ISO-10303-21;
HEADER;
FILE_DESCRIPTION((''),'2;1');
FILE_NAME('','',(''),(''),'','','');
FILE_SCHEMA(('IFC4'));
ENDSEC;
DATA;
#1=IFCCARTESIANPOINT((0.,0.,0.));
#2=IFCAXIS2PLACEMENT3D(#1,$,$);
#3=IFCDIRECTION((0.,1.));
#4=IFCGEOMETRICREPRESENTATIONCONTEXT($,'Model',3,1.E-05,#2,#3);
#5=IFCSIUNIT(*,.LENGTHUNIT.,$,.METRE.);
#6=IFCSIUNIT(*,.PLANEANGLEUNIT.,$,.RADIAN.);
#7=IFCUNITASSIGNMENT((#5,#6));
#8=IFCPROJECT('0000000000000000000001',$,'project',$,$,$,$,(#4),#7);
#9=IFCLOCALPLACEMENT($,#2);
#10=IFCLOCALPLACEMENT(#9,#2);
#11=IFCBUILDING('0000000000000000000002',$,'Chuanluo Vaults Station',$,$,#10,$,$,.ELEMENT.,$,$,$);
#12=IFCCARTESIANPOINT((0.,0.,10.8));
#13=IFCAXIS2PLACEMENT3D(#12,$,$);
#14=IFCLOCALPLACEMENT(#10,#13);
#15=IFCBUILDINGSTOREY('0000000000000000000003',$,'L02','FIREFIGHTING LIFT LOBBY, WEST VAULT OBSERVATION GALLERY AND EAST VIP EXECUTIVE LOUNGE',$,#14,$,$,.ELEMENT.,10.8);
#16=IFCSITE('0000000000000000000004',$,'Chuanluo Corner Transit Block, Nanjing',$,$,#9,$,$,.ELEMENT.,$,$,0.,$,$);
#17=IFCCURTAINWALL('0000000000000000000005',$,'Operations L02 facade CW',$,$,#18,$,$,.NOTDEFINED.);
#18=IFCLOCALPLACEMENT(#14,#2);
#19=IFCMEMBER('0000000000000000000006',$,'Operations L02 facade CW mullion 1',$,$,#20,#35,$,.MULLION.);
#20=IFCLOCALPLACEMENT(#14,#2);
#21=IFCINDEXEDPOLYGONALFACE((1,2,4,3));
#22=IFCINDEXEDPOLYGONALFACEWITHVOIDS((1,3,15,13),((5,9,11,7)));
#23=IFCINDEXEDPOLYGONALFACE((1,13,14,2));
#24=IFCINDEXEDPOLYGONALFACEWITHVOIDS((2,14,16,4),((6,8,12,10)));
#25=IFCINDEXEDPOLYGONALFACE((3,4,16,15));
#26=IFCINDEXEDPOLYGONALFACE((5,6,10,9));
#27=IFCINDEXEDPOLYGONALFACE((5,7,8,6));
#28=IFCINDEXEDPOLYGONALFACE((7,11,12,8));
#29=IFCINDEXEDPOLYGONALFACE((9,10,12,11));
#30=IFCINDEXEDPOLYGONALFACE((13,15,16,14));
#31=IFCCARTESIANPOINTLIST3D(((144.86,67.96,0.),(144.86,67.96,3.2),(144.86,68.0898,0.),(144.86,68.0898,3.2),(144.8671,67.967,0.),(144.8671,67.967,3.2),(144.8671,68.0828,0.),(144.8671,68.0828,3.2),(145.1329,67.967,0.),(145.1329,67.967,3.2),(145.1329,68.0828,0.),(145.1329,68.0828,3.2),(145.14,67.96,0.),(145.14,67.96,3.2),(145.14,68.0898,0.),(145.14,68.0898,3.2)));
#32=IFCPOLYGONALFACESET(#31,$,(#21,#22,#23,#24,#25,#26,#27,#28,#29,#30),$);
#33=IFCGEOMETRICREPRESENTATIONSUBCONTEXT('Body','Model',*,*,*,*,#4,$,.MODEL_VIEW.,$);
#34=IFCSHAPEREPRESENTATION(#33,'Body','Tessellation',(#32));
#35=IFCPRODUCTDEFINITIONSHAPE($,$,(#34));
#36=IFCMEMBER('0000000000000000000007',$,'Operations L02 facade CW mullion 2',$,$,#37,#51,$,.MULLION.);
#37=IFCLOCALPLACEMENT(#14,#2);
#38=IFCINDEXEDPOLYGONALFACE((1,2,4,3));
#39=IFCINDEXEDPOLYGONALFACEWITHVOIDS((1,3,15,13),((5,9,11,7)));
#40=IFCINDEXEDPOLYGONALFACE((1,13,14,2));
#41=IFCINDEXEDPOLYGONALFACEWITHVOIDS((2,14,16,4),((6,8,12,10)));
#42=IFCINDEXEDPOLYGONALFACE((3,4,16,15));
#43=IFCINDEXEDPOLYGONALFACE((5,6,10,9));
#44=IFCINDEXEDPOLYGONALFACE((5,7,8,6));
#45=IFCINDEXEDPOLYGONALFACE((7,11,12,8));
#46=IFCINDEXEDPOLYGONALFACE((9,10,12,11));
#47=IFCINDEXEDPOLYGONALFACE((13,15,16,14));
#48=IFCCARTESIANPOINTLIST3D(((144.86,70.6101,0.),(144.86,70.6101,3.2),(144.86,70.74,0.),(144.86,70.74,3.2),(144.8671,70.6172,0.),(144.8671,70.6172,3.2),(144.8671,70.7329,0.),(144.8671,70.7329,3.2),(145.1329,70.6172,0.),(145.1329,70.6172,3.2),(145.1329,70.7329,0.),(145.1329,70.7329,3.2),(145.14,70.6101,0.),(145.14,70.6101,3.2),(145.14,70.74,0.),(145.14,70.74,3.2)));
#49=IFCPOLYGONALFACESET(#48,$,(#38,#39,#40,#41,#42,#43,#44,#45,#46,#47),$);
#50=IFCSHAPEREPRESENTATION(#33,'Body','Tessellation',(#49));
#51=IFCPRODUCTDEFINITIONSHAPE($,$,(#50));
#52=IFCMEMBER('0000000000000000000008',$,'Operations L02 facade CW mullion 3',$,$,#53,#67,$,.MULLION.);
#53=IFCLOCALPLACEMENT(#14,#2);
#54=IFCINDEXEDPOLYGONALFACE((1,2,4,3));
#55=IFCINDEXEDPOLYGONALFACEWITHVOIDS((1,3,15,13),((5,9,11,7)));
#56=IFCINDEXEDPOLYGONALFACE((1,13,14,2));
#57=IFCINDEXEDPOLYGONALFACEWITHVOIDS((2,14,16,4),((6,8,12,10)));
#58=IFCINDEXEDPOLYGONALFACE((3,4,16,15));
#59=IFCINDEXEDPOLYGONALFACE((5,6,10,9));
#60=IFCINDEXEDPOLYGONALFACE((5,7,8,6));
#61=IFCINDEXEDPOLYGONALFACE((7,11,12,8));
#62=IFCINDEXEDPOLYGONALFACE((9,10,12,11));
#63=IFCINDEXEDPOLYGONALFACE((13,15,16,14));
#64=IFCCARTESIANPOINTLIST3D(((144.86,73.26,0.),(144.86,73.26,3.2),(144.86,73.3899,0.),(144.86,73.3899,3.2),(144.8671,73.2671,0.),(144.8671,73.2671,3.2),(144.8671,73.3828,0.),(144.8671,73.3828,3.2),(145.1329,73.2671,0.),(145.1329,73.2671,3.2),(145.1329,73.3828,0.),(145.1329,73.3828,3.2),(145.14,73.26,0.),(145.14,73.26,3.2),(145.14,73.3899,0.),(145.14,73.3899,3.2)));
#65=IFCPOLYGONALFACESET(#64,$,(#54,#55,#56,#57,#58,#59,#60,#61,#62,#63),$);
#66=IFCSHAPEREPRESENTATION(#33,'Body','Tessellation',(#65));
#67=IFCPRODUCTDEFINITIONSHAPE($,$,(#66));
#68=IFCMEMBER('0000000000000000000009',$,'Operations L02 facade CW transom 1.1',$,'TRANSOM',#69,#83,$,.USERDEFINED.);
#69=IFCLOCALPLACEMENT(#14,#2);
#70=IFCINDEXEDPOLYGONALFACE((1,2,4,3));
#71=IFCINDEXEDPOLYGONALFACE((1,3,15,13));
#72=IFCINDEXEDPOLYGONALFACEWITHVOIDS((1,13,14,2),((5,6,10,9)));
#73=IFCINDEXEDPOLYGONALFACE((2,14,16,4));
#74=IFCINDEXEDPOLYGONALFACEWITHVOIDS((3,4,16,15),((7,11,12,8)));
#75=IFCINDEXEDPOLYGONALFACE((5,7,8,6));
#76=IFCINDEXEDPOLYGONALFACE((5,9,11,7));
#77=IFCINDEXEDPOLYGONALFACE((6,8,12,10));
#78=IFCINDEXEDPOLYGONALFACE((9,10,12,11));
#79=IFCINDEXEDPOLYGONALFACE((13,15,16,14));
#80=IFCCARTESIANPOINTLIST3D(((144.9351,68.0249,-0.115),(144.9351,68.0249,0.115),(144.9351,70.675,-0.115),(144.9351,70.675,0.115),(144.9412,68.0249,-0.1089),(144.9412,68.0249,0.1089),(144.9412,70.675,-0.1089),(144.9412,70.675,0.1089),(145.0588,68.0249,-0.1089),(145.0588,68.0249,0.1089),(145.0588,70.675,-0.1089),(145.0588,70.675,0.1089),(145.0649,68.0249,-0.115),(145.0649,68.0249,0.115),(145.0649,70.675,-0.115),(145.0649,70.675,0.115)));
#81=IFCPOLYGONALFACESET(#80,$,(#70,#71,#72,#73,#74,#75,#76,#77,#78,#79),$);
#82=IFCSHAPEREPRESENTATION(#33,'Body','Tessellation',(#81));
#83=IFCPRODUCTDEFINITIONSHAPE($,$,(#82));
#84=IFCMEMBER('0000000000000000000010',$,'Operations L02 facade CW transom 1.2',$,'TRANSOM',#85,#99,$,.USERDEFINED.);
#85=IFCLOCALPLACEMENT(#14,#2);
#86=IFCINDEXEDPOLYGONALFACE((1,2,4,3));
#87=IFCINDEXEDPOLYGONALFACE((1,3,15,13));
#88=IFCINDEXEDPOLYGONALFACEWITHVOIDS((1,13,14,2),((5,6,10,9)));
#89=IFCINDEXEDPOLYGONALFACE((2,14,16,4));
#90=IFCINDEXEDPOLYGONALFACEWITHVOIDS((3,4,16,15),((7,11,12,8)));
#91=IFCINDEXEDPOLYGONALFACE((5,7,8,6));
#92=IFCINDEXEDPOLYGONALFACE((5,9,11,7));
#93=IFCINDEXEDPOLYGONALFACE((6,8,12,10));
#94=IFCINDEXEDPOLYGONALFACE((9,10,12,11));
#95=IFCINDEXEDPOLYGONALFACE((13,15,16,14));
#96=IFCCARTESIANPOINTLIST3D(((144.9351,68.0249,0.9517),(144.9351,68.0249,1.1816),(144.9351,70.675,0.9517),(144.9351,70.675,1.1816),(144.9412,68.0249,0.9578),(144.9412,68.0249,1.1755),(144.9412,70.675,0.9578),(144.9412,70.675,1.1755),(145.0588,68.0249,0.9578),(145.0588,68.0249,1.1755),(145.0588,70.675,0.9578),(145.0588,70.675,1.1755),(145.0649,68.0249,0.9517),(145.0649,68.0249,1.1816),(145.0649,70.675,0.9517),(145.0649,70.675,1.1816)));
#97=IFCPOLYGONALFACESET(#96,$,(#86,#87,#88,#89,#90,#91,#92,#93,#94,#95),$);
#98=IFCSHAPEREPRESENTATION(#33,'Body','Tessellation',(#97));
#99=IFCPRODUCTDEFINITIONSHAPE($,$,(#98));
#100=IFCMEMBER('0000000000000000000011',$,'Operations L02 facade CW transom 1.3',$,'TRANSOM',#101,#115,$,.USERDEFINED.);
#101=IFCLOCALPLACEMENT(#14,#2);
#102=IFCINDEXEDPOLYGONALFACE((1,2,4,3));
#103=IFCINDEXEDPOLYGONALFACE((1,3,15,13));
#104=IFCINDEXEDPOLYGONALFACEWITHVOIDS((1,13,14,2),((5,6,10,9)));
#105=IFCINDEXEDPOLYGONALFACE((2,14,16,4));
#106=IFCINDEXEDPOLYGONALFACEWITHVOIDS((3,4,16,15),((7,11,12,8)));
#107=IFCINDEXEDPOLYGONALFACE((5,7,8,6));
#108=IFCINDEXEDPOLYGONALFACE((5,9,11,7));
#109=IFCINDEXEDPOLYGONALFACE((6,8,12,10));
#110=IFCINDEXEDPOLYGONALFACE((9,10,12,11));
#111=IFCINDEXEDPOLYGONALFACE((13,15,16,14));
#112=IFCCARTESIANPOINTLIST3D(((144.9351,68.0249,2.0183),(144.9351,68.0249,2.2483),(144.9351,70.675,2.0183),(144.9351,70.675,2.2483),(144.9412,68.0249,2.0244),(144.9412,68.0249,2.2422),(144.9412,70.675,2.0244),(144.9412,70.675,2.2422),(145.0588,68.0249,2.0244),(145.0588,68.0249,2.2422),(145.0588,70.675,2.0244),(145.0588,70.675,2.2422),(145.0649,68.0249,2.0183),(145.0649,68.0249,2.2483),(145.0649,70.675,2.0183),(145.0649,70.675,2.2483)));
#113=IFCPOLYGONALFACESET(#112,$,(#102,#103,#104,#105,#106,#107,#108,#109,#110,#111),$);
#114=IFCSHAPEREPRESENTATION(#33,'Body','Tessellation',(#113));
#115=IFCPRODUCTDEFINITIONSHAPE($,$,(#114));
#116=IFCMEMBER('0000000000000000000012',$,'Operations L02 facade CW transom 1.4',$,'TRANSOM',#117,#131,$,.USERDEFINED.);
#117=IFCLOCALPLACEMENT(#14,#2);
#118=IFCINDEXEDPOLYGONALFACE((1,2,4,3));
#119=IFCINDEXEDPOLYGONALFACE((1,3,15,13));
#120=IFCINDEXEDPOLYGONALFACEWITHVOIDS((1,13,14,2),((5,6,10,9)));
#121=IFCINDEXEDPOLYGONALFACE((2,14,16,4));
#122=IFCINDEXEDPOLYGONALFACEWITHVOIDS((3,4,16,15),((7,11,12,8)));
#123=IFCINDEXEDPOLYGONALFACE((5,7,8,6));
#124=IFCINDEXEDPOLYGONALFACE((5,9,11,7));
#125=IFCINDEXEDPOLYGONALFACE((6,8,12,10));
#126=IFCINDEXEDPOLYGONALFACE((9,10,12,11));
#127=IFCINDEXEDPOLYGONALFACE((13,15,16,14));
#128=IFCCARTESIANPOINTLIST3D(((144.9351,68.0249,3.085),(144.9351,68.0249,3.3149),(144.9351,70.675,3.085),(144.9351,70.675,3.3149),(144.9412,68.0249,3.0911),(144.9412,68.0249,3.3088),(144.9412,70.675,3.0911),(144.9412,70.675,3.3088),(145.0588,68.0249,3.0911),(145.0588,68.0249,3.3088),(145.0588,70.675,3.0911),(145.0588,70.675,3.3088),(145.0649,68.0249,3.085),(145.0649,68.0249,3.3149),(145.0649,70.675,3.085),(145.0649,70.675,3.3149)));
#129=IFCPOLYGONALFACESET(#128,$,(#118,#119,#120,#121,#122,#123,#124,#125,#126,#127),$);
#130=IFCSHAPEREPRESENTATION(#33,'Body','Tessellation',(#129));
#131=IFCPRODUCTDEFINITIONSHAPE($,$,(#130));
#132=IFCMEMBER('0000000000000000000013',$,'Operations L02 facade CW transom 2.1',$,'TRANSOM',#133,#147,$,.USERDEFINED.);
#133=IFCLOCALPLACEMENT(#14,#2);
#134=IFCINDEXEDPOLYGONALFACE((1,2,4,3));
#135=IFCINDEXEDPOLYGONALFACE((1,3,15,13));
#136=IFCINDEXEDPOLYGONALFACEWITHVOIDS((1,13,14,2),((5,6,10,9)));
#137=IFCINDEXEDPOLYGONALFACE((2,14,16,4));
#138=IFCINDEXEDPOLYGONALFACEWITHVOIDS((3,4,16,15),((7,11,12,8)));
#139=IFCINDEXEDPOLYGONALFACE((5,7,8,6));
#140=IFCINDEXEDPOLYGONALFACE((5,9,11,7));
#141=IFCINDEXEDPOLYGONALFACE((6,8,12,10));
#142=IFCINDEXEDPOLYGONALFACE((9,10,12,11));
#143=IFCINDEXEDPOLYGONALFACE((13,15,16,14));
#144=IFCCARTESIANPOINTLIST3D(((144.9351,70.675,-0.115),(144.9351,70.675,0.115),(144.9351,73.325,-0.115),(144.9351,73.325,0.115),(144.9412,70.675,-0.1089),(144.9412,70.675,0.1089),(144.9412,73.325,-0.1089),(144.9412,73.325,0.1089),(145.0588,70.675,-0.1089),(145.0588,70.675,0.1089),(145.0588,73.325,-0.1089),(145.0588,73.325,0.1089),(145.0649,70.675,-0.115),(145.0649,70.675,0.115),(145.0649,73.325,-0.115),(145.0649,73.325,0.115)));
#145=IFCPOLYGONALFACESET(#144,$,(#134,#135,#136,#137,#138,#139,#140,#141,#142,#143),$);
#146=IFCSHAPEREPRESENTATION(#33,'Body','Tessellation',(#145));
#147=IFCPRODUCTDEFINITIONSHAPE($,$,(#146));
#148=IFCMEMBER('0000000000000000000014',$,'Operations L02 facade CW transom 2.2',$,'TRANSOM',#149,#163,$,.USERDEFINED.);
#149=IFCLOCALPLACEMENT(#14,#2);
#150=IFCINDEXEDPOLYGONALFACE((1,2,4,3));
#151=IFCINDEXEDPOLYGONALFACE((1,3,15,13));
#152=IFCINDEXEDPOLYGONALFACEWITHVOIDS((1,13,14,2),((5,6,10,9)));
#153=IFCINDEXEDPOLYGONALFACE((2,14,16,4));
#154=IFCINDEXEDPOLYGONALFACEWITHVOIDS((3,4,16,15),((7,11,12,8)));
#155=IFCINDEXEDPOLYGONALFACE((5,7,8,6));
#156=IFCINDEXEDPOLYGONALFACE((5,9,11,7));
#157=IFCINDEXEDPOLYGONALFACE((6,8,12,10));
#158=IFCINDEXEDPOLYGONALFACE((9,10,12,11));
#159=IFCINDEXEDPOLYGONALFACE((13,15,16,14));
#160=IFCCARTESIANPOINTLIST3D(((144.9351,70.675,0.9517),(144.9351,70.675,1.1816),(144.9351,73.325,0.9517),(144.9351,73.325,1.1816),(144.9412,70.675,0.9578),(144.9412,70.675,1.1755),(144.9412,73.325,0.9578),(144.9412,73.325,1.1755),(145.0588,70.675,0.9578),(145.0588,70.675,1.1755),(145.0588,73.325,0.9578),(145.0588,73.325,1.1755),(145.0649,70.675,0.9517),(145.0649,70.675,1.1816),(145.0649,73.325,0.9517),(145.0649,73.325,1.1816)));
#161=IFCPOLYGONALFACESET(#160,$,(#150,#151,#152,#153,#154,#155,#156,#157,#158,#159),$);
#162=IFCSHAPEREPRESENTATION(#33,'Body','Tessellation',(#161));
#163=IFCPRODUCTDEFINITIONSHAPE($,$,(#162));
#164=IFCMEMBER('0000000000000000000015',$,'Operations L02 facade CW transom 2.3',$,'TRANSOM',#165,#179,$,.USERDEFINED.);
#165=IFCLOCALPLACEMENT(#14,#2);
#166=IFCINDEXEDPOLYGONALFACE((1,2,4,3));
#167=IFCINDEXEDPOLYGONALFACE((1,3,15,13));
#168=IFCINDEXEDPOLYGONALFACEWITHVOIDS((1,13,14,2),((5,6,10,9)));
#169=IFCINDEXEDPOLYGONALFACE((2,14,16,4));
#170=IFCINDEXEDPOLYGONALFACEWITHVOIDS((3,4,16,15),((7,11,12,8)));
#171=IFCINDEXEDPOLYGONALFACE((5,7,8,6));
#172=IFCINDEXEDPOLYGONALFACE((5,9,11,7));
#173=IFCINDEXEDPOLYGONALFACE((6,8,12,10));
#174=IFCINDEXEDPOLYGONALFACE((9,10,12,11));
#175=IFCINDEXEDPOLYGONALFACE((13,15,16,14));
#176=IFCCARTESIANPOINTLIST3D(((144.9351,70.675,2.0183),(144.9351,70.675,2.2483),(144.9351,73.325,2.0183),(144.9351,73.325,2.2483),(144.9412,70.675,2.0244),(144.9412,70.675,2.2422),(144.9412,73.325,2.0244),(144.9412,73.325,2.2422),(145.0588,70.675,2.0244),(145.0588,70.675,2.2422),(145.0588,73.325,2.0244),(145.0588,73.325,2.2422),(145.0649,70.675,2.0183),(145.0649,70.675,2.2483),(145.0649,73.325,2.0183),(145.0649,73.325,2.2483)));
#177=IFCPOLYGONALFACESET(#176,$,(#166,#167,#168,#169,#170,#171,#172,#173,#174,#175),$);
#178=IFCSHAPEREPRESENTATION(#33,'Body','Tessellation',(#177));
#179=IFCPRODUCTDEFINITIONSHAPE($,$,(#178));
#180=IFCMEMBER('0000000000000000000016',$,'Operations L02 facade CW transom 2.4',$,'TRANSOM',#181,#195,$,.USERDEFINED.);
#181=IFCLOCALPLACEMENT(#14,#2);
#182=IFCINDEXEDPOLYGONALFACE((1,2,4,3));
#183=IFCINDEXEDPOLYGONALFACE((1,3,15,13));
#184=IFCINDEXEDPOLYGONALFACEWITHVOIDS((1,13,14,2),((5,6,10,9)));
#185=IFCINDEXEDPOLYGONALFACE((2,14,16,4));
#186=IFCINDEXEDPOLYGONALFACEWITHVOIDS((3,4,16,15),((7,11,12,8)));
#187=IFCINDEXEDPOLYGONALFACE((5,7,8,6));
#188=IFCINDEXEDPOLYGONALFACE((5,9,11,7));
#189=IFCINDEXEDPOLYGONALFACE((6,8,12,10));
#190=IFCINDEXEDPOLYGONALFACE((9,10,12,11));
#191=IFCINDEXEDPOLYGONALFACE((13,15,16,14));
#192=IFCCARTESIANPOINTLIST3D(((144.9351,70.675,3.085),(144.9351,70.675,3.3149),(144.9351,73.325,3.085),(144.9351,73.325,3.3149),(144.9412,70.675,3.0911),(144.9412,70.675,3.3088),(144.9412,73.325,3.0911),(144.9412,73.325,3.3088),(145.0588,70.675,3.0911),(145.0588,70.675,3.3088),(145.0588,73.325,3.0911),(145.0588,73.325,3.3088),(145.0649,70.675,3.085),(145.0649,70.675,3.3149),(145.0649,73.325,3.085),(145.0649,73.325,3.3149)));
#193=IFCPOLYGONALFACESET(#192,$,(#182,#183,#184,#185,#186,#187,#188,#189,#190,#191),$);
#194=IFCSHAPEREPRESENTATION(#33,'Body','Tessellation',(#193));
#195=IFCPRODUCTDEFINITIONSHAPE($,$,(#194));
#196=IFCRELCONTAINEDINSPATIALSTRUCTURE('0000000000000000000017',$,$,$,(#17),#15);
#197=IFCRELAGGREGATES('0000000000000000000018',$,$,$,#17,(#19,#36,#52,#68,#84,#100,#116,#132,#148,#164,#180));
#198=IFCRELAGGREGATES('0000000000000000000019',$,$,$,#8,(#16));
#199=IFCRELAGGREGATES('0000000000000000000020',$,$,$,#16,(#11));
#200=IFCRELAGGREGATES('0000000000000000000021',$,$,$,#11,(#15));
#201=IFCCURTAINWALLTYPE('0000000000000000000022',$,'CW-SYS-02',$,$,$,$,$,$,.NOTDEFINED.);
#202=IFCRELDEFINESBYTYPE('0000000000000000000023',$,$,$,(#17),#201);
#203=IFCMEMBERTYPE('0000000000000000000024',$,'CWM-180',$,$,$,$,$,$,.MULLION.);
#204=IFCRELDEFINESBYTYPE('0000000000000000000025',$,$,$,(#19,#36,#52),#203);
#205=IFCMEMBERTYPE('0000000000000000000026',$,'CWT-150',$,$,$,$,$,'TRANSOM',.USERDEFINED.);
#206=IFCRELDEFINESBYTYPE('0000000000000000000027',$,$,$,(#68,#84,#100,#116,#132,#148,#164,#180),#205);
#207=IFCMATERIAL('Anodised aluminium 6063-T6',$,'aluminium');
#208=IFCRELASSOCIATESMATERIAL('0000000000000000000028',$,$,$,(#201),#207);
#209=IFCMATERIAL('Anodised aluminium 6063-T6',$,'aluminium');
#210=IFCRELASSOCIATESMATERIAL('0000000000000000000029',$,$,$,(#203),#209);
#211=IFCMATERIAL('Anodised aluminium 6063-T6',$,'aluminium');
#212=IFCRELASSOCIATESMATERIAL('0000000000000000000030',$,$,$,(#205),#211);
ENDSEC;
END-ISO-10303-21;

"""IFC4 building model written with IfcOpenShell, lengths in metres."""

from ifc_helpers import new_model, si_unit, direction, frame, origin, origin_2d, place, context, subcontext, project, spatial, hollow_rectangle, extrude, material, material_profile, profile_set, type_object, element, aggregate, save


model = new_model("IFC4")

# Units and contexts
model_context = context("Model", 3, precision=1e-05, world=origin(), true_north=direction((0.0, 1.0)))
body_context = subcontext(model_context, "Body", "Model", "MODEL_VIEW")
ifc_project = project(units=[si_unit("LENGTHUNIT", "METRE"), si_unit("PLANEANGLEUNIT", "RADIAN")], contexts=[model_context])

# Site, building, storey
site_placement = place(None, origin())
site = spatial("IfcSite", under=ifc_project, at=site_placement, Name="Chuanluo Corner Transit Block, Nanjing", CompositionType="ELEMENT", RefElevation=0.0)
building_placement = place(site_placement, origin())
building = spatial("IfcBuilding", under=site, at=building_placement, Name="Chuanluo Vaults Station", CompositionType="ELEMENT")
storey_placement = place(building_placement, frame((0.0, 0.0, 10.8)))
storey = spatial("IfcBuildingStorey", under=building, at=storey_placement, Name="L02", Description="FIREFIGHTING LIFT LOBBY, WEST VAULT OBSERVATION GALLERY AND EAST VIP EXECUTIVE LOUNGE", CompositionType="ELEMENT", Elevation=10.8)

# Curtain wall, members
ifc_material_1 = material(Name="Anodised aluminium 6063-T6", Category="aluminium")
curtain_wall_type = type_object("IfcCurtainWallType", Name="CW-SYS-02", PredefinedType="NOTDEFINED", material=ifc_material_1)
curtain_wall_placement = place(storey_placement, origin())
curtain_wall = element("IfcCurtainWall", 1, at=curtain_wall_placement, inside=storey, type_object=curtain_wall_type, Name="Operations L02 facade CW", PredefinedType="NOTDEFINED")
ifc_material_2 = material(Name="Anodised aluminium 6063-T6", Category="aluminium")
ifc_material_profile_1 = material_profile(ifc_material_2, hollow_rectangle(XDim=0.1299, YDim=0.28, WallThickness=0.0071, at=origin_2d()))
ifc_profile_set_1 = profile_set([ifc_material_profile_1], Name="Anodised aluminium 6063-T6")
member_type_1 = type_object("IfcMemberType", Name="CWM-180", PredefinedType="MULLION", material=ifc_profile_set_1)
member_1_placement = place(storey_placement, frame((145.0, 68.0249, 0.0), z_axis=(0.0, 0.0, 1.0), x_axis=(0.0, 1.0, 0.0)))
member_1 = element("IfcMember", 2, at=member_1_placement, type_object=member_type_1, Name="Operations L02 facade CW mullion 1", PredefinedType="MULLION", context=body_context, shape_type="SweptSolid", body=[
    extrude(hollow_rectangle(XDim=0.1299, YDim=0.28, WallThickness=0.0071, at=origin_2d()), origin(), (0.0, 0.0, 1.0), 3.2),
])
member_2_placement = place(storey_placement, frame((145.0, 70.675, 0.0), z_axis=(0.0, 0.0, 1.0), x_axis=(0.0, 1.0, 0.0)))
member_2 = element("IfcMember", 3, at=member_2_placement, type_object=member_type_1, Name="Operations L02 facade CW mullion 2", PredefinedType="MULLION", context=body_context, shape_type="SweptSolid", body=[
    extrude(hollow_rectangle(XDim=0.1299, YDim=0.28, WallThickness=0.0071, at=origin_2d()), origin(), (0.0, 0.0, 1.0), 3.2),
])
member_3_placement = place(storey_placement, frame((145.0, 73.325, 0.0), z_axis=(0.0, 0.0, 1.0), x_axis=(0.0, 1.0, 0.0)))
member_3 = element("IfcMember", 4, at=member_3_placement, type_object=member_type_1, Name="Operations L02 facade CW mullion 3", PredefinedType="MULLION", context=body_context, shape_type="SweptSolid", body=[
    extrude(hollow_rectangle(XDim=0.1299, YDim=0.28, WallThickness=0.0071, at=origin_2d()), origin(), (0.0, 0.0, 1.0), 3.2),
])
ifc_material_3 = material(Name="Anodised aluminium 6063-T6", Category="aluminium")
ifc_material_profile_2 = material_profile(ifc_material_3, hollow_rectangle(XDim=0.1299, YDim=0.23, WallThickness=0.0061, at=origin_2d()))
ifc_profile_set_2 = profile_set([ifc_material_profile_2], Name="Anodised aluminium 6063-T6")
member_type_2 = type_object("IfcMemberType", Name="CWT-150", ElementType="TRANSOM", PredefinedType="USERDEFINED", material=ifc_profile_set_2)
member_4_placement = place(storey_placement, frame((145.0, 68.0249, 0.0), z_axis=(0.0, 1.0, 0.0), x_axis=(-1.0, 0.0, 0.0)))
member_4 = element("IfcMember", 5, at=member_4_placement, type_object=member_type_2, Name="Operations L02 facade CW transom 1.1", ObjectType="TRANSOM", PredefinedType="USERDEFINED", context=body_context, shape_type="SweptSolid", body=[
    extrude(hollow_rectangle(XDim=0.1299, YDim=0.23, WallThickness=0.0061, at=origin_2d()), origin(), (0.0, 0.0, 1.0), 2.6501),
])
member_5_placement = place(storey_placement, frame((145.0, 68.0249, 1.0667), z_axis=(0.0, 1.0, 0.0), x_axis=(-1.0, 0.0, 0.0)))
member_5 = element("IfcMember", 6, at=member_5_placement, type_object=member_type_2, Name="Operations L02 facade CW transom 1.2", ObjectType="TRANSOM", PredefinedType="USERDEFINED", context=body_context, shape_type="SweptSolid", body=[
    extrude(hollow_rectangle(XDim=0.1299, YDim=0.23, WallThickness=0.0061, at=origin_2d()), origin(), (0.0, 0.0, 1.0), 2.6501),
])
member_6_placement = place(storey_placement, frame((145.0, 68.0249, 2.1333), z_axis=(0.0, 1.0, 0.0), x_axis=(-1.0, 0.0, 0.0)))
member_6 = element("IfcMember", 7, at=member_6_placement, type_object=member_type_2, Name="Operations L02 facade CW transom 1.3", ObjectType="TRANSOM", PredefinedType="USERDEFINED", context=body_context, shape_type="SweptSolid", body=[
    extrude(hollow_rectangle(XDim=0.1299, YDim=0.23, WallThickness=0.0061, at=origin_2d()), origin(), (0.0, 0.0, 1.0), 2.6501),
])
member_7_placement = place(storey_placement, frame((145.0, 68.0249, 3.2), z_axis=(0.0, 1.0, 0.0), x_axis=(-1.0, 0.0, 0.0)))
member_7 = element("IfcMember", 8, at=member_7_placement, type_object=member_type_2, Name="Operations L02 facade CW transom 1.4", ObjectType="TRANSOM", PredefinedType="USERDEFINED", context=body_context, shape_type="SweptSolid", body=[
    extrude(hollow_rectangle(XDim=0.1299, YDim=0.23, WallThickness=0.0061, at=origin_2d()), origin(), (0.0, 0.0, 1.0), 2.6501),
])
member_8_placement = place(storey_placement, frame((145.0, 70.675, 0.0), z_axis=(0.0, 1.0, 0.0), x_axis=(-1.0, 0.0, 0.0)))
member_8 = element("IfcMember", 9, at=member_8_placement, type_object=member_type_2, Name="Operations L02 facade CW transom 2.1", ObjectType="TRANSOM", PredefinedType="USERDEFINED", context=body_context, shape_type="SweptSolid", body=[
    extrude(hollow_rectangle(XDim=0.1299, YDim=0.23, WallThickness=0.0061, at=origin_2d()), origin(), (0.0, 0.0, 1.0), 2.6499),
])
member_9_placement = place(storey_placement, frame((145.0, 70.675, 1.0667), z_axis=(0.0, 1.0, 0.0), x_axis=(-1.0, 0.0, 0.0)))
member_9 = element("IfcMember", 10, at=member_9_placement, type_object=member_type_2, Name="Operations L02 facade CW transom 2.2", ObjectType="TRANSOM", PredefinedType="USERDEFINED", context=body_context, shape_type="SweptSolid", body=[
    extrude(hollow_rectangle(XDim=0.1299, YDim=0.23, WallThickness=0.0061, at=origin_2d()), origin(), (0.0, 0.0, 1.0), 2.6499),
])
member_10_placement = place(storey_placement, frame((145.0, 70.675, 2.1333), z_axis=(0.0, 1.0, 0.0), x_axis=(-1.0, 0.0, 0.0)))
member_10 = element("IfcMember", 11, at=member_10_placement, type_object=member_type_2, Name="Operations L02 facade CW transom 2.3", ObjectType="TRANSOM", PredefinedType="USERDEFINED", context=body_context, shape_type="SweptSolid", body=[
    extrude(hollow_rectangle(XDim=0.1299, YDim=0.23, WallThickness=0.0061, at=origin_2d()), origin(), (0.0, 0.0, 1.0), 2.6499),
])
member_11_placement = place(storey_placement, frame((145.0, 70.675, 3.2), z_axis=(0.0, 1.0, 0.0), x_axis=(-1.0, 0.0, 0.0)))
member_11 = element("IfcMember", 12, at=member_11_placement, type_object=member_type_2, Name="Operations L02 facade CW transom 2.4", ObjectType="TRANSOM", PredefinedType="USERDEFINED", context=body_context, shape_type="SweptSolid", body=[
    extrude(hollow_rectangle(XDim=0.1299, YDim=0.23, WallThickness=0.0061, at=origin_2d()), origin(), (0.0, 0.0, 1.0), 2.6499),
])
aggregate(curtain_wall, [member_1, member_2, member_3, member_4, member_5, member_6, member_7, member_8, member_9, member_10, member_11])

save(model, "model.ifc")
